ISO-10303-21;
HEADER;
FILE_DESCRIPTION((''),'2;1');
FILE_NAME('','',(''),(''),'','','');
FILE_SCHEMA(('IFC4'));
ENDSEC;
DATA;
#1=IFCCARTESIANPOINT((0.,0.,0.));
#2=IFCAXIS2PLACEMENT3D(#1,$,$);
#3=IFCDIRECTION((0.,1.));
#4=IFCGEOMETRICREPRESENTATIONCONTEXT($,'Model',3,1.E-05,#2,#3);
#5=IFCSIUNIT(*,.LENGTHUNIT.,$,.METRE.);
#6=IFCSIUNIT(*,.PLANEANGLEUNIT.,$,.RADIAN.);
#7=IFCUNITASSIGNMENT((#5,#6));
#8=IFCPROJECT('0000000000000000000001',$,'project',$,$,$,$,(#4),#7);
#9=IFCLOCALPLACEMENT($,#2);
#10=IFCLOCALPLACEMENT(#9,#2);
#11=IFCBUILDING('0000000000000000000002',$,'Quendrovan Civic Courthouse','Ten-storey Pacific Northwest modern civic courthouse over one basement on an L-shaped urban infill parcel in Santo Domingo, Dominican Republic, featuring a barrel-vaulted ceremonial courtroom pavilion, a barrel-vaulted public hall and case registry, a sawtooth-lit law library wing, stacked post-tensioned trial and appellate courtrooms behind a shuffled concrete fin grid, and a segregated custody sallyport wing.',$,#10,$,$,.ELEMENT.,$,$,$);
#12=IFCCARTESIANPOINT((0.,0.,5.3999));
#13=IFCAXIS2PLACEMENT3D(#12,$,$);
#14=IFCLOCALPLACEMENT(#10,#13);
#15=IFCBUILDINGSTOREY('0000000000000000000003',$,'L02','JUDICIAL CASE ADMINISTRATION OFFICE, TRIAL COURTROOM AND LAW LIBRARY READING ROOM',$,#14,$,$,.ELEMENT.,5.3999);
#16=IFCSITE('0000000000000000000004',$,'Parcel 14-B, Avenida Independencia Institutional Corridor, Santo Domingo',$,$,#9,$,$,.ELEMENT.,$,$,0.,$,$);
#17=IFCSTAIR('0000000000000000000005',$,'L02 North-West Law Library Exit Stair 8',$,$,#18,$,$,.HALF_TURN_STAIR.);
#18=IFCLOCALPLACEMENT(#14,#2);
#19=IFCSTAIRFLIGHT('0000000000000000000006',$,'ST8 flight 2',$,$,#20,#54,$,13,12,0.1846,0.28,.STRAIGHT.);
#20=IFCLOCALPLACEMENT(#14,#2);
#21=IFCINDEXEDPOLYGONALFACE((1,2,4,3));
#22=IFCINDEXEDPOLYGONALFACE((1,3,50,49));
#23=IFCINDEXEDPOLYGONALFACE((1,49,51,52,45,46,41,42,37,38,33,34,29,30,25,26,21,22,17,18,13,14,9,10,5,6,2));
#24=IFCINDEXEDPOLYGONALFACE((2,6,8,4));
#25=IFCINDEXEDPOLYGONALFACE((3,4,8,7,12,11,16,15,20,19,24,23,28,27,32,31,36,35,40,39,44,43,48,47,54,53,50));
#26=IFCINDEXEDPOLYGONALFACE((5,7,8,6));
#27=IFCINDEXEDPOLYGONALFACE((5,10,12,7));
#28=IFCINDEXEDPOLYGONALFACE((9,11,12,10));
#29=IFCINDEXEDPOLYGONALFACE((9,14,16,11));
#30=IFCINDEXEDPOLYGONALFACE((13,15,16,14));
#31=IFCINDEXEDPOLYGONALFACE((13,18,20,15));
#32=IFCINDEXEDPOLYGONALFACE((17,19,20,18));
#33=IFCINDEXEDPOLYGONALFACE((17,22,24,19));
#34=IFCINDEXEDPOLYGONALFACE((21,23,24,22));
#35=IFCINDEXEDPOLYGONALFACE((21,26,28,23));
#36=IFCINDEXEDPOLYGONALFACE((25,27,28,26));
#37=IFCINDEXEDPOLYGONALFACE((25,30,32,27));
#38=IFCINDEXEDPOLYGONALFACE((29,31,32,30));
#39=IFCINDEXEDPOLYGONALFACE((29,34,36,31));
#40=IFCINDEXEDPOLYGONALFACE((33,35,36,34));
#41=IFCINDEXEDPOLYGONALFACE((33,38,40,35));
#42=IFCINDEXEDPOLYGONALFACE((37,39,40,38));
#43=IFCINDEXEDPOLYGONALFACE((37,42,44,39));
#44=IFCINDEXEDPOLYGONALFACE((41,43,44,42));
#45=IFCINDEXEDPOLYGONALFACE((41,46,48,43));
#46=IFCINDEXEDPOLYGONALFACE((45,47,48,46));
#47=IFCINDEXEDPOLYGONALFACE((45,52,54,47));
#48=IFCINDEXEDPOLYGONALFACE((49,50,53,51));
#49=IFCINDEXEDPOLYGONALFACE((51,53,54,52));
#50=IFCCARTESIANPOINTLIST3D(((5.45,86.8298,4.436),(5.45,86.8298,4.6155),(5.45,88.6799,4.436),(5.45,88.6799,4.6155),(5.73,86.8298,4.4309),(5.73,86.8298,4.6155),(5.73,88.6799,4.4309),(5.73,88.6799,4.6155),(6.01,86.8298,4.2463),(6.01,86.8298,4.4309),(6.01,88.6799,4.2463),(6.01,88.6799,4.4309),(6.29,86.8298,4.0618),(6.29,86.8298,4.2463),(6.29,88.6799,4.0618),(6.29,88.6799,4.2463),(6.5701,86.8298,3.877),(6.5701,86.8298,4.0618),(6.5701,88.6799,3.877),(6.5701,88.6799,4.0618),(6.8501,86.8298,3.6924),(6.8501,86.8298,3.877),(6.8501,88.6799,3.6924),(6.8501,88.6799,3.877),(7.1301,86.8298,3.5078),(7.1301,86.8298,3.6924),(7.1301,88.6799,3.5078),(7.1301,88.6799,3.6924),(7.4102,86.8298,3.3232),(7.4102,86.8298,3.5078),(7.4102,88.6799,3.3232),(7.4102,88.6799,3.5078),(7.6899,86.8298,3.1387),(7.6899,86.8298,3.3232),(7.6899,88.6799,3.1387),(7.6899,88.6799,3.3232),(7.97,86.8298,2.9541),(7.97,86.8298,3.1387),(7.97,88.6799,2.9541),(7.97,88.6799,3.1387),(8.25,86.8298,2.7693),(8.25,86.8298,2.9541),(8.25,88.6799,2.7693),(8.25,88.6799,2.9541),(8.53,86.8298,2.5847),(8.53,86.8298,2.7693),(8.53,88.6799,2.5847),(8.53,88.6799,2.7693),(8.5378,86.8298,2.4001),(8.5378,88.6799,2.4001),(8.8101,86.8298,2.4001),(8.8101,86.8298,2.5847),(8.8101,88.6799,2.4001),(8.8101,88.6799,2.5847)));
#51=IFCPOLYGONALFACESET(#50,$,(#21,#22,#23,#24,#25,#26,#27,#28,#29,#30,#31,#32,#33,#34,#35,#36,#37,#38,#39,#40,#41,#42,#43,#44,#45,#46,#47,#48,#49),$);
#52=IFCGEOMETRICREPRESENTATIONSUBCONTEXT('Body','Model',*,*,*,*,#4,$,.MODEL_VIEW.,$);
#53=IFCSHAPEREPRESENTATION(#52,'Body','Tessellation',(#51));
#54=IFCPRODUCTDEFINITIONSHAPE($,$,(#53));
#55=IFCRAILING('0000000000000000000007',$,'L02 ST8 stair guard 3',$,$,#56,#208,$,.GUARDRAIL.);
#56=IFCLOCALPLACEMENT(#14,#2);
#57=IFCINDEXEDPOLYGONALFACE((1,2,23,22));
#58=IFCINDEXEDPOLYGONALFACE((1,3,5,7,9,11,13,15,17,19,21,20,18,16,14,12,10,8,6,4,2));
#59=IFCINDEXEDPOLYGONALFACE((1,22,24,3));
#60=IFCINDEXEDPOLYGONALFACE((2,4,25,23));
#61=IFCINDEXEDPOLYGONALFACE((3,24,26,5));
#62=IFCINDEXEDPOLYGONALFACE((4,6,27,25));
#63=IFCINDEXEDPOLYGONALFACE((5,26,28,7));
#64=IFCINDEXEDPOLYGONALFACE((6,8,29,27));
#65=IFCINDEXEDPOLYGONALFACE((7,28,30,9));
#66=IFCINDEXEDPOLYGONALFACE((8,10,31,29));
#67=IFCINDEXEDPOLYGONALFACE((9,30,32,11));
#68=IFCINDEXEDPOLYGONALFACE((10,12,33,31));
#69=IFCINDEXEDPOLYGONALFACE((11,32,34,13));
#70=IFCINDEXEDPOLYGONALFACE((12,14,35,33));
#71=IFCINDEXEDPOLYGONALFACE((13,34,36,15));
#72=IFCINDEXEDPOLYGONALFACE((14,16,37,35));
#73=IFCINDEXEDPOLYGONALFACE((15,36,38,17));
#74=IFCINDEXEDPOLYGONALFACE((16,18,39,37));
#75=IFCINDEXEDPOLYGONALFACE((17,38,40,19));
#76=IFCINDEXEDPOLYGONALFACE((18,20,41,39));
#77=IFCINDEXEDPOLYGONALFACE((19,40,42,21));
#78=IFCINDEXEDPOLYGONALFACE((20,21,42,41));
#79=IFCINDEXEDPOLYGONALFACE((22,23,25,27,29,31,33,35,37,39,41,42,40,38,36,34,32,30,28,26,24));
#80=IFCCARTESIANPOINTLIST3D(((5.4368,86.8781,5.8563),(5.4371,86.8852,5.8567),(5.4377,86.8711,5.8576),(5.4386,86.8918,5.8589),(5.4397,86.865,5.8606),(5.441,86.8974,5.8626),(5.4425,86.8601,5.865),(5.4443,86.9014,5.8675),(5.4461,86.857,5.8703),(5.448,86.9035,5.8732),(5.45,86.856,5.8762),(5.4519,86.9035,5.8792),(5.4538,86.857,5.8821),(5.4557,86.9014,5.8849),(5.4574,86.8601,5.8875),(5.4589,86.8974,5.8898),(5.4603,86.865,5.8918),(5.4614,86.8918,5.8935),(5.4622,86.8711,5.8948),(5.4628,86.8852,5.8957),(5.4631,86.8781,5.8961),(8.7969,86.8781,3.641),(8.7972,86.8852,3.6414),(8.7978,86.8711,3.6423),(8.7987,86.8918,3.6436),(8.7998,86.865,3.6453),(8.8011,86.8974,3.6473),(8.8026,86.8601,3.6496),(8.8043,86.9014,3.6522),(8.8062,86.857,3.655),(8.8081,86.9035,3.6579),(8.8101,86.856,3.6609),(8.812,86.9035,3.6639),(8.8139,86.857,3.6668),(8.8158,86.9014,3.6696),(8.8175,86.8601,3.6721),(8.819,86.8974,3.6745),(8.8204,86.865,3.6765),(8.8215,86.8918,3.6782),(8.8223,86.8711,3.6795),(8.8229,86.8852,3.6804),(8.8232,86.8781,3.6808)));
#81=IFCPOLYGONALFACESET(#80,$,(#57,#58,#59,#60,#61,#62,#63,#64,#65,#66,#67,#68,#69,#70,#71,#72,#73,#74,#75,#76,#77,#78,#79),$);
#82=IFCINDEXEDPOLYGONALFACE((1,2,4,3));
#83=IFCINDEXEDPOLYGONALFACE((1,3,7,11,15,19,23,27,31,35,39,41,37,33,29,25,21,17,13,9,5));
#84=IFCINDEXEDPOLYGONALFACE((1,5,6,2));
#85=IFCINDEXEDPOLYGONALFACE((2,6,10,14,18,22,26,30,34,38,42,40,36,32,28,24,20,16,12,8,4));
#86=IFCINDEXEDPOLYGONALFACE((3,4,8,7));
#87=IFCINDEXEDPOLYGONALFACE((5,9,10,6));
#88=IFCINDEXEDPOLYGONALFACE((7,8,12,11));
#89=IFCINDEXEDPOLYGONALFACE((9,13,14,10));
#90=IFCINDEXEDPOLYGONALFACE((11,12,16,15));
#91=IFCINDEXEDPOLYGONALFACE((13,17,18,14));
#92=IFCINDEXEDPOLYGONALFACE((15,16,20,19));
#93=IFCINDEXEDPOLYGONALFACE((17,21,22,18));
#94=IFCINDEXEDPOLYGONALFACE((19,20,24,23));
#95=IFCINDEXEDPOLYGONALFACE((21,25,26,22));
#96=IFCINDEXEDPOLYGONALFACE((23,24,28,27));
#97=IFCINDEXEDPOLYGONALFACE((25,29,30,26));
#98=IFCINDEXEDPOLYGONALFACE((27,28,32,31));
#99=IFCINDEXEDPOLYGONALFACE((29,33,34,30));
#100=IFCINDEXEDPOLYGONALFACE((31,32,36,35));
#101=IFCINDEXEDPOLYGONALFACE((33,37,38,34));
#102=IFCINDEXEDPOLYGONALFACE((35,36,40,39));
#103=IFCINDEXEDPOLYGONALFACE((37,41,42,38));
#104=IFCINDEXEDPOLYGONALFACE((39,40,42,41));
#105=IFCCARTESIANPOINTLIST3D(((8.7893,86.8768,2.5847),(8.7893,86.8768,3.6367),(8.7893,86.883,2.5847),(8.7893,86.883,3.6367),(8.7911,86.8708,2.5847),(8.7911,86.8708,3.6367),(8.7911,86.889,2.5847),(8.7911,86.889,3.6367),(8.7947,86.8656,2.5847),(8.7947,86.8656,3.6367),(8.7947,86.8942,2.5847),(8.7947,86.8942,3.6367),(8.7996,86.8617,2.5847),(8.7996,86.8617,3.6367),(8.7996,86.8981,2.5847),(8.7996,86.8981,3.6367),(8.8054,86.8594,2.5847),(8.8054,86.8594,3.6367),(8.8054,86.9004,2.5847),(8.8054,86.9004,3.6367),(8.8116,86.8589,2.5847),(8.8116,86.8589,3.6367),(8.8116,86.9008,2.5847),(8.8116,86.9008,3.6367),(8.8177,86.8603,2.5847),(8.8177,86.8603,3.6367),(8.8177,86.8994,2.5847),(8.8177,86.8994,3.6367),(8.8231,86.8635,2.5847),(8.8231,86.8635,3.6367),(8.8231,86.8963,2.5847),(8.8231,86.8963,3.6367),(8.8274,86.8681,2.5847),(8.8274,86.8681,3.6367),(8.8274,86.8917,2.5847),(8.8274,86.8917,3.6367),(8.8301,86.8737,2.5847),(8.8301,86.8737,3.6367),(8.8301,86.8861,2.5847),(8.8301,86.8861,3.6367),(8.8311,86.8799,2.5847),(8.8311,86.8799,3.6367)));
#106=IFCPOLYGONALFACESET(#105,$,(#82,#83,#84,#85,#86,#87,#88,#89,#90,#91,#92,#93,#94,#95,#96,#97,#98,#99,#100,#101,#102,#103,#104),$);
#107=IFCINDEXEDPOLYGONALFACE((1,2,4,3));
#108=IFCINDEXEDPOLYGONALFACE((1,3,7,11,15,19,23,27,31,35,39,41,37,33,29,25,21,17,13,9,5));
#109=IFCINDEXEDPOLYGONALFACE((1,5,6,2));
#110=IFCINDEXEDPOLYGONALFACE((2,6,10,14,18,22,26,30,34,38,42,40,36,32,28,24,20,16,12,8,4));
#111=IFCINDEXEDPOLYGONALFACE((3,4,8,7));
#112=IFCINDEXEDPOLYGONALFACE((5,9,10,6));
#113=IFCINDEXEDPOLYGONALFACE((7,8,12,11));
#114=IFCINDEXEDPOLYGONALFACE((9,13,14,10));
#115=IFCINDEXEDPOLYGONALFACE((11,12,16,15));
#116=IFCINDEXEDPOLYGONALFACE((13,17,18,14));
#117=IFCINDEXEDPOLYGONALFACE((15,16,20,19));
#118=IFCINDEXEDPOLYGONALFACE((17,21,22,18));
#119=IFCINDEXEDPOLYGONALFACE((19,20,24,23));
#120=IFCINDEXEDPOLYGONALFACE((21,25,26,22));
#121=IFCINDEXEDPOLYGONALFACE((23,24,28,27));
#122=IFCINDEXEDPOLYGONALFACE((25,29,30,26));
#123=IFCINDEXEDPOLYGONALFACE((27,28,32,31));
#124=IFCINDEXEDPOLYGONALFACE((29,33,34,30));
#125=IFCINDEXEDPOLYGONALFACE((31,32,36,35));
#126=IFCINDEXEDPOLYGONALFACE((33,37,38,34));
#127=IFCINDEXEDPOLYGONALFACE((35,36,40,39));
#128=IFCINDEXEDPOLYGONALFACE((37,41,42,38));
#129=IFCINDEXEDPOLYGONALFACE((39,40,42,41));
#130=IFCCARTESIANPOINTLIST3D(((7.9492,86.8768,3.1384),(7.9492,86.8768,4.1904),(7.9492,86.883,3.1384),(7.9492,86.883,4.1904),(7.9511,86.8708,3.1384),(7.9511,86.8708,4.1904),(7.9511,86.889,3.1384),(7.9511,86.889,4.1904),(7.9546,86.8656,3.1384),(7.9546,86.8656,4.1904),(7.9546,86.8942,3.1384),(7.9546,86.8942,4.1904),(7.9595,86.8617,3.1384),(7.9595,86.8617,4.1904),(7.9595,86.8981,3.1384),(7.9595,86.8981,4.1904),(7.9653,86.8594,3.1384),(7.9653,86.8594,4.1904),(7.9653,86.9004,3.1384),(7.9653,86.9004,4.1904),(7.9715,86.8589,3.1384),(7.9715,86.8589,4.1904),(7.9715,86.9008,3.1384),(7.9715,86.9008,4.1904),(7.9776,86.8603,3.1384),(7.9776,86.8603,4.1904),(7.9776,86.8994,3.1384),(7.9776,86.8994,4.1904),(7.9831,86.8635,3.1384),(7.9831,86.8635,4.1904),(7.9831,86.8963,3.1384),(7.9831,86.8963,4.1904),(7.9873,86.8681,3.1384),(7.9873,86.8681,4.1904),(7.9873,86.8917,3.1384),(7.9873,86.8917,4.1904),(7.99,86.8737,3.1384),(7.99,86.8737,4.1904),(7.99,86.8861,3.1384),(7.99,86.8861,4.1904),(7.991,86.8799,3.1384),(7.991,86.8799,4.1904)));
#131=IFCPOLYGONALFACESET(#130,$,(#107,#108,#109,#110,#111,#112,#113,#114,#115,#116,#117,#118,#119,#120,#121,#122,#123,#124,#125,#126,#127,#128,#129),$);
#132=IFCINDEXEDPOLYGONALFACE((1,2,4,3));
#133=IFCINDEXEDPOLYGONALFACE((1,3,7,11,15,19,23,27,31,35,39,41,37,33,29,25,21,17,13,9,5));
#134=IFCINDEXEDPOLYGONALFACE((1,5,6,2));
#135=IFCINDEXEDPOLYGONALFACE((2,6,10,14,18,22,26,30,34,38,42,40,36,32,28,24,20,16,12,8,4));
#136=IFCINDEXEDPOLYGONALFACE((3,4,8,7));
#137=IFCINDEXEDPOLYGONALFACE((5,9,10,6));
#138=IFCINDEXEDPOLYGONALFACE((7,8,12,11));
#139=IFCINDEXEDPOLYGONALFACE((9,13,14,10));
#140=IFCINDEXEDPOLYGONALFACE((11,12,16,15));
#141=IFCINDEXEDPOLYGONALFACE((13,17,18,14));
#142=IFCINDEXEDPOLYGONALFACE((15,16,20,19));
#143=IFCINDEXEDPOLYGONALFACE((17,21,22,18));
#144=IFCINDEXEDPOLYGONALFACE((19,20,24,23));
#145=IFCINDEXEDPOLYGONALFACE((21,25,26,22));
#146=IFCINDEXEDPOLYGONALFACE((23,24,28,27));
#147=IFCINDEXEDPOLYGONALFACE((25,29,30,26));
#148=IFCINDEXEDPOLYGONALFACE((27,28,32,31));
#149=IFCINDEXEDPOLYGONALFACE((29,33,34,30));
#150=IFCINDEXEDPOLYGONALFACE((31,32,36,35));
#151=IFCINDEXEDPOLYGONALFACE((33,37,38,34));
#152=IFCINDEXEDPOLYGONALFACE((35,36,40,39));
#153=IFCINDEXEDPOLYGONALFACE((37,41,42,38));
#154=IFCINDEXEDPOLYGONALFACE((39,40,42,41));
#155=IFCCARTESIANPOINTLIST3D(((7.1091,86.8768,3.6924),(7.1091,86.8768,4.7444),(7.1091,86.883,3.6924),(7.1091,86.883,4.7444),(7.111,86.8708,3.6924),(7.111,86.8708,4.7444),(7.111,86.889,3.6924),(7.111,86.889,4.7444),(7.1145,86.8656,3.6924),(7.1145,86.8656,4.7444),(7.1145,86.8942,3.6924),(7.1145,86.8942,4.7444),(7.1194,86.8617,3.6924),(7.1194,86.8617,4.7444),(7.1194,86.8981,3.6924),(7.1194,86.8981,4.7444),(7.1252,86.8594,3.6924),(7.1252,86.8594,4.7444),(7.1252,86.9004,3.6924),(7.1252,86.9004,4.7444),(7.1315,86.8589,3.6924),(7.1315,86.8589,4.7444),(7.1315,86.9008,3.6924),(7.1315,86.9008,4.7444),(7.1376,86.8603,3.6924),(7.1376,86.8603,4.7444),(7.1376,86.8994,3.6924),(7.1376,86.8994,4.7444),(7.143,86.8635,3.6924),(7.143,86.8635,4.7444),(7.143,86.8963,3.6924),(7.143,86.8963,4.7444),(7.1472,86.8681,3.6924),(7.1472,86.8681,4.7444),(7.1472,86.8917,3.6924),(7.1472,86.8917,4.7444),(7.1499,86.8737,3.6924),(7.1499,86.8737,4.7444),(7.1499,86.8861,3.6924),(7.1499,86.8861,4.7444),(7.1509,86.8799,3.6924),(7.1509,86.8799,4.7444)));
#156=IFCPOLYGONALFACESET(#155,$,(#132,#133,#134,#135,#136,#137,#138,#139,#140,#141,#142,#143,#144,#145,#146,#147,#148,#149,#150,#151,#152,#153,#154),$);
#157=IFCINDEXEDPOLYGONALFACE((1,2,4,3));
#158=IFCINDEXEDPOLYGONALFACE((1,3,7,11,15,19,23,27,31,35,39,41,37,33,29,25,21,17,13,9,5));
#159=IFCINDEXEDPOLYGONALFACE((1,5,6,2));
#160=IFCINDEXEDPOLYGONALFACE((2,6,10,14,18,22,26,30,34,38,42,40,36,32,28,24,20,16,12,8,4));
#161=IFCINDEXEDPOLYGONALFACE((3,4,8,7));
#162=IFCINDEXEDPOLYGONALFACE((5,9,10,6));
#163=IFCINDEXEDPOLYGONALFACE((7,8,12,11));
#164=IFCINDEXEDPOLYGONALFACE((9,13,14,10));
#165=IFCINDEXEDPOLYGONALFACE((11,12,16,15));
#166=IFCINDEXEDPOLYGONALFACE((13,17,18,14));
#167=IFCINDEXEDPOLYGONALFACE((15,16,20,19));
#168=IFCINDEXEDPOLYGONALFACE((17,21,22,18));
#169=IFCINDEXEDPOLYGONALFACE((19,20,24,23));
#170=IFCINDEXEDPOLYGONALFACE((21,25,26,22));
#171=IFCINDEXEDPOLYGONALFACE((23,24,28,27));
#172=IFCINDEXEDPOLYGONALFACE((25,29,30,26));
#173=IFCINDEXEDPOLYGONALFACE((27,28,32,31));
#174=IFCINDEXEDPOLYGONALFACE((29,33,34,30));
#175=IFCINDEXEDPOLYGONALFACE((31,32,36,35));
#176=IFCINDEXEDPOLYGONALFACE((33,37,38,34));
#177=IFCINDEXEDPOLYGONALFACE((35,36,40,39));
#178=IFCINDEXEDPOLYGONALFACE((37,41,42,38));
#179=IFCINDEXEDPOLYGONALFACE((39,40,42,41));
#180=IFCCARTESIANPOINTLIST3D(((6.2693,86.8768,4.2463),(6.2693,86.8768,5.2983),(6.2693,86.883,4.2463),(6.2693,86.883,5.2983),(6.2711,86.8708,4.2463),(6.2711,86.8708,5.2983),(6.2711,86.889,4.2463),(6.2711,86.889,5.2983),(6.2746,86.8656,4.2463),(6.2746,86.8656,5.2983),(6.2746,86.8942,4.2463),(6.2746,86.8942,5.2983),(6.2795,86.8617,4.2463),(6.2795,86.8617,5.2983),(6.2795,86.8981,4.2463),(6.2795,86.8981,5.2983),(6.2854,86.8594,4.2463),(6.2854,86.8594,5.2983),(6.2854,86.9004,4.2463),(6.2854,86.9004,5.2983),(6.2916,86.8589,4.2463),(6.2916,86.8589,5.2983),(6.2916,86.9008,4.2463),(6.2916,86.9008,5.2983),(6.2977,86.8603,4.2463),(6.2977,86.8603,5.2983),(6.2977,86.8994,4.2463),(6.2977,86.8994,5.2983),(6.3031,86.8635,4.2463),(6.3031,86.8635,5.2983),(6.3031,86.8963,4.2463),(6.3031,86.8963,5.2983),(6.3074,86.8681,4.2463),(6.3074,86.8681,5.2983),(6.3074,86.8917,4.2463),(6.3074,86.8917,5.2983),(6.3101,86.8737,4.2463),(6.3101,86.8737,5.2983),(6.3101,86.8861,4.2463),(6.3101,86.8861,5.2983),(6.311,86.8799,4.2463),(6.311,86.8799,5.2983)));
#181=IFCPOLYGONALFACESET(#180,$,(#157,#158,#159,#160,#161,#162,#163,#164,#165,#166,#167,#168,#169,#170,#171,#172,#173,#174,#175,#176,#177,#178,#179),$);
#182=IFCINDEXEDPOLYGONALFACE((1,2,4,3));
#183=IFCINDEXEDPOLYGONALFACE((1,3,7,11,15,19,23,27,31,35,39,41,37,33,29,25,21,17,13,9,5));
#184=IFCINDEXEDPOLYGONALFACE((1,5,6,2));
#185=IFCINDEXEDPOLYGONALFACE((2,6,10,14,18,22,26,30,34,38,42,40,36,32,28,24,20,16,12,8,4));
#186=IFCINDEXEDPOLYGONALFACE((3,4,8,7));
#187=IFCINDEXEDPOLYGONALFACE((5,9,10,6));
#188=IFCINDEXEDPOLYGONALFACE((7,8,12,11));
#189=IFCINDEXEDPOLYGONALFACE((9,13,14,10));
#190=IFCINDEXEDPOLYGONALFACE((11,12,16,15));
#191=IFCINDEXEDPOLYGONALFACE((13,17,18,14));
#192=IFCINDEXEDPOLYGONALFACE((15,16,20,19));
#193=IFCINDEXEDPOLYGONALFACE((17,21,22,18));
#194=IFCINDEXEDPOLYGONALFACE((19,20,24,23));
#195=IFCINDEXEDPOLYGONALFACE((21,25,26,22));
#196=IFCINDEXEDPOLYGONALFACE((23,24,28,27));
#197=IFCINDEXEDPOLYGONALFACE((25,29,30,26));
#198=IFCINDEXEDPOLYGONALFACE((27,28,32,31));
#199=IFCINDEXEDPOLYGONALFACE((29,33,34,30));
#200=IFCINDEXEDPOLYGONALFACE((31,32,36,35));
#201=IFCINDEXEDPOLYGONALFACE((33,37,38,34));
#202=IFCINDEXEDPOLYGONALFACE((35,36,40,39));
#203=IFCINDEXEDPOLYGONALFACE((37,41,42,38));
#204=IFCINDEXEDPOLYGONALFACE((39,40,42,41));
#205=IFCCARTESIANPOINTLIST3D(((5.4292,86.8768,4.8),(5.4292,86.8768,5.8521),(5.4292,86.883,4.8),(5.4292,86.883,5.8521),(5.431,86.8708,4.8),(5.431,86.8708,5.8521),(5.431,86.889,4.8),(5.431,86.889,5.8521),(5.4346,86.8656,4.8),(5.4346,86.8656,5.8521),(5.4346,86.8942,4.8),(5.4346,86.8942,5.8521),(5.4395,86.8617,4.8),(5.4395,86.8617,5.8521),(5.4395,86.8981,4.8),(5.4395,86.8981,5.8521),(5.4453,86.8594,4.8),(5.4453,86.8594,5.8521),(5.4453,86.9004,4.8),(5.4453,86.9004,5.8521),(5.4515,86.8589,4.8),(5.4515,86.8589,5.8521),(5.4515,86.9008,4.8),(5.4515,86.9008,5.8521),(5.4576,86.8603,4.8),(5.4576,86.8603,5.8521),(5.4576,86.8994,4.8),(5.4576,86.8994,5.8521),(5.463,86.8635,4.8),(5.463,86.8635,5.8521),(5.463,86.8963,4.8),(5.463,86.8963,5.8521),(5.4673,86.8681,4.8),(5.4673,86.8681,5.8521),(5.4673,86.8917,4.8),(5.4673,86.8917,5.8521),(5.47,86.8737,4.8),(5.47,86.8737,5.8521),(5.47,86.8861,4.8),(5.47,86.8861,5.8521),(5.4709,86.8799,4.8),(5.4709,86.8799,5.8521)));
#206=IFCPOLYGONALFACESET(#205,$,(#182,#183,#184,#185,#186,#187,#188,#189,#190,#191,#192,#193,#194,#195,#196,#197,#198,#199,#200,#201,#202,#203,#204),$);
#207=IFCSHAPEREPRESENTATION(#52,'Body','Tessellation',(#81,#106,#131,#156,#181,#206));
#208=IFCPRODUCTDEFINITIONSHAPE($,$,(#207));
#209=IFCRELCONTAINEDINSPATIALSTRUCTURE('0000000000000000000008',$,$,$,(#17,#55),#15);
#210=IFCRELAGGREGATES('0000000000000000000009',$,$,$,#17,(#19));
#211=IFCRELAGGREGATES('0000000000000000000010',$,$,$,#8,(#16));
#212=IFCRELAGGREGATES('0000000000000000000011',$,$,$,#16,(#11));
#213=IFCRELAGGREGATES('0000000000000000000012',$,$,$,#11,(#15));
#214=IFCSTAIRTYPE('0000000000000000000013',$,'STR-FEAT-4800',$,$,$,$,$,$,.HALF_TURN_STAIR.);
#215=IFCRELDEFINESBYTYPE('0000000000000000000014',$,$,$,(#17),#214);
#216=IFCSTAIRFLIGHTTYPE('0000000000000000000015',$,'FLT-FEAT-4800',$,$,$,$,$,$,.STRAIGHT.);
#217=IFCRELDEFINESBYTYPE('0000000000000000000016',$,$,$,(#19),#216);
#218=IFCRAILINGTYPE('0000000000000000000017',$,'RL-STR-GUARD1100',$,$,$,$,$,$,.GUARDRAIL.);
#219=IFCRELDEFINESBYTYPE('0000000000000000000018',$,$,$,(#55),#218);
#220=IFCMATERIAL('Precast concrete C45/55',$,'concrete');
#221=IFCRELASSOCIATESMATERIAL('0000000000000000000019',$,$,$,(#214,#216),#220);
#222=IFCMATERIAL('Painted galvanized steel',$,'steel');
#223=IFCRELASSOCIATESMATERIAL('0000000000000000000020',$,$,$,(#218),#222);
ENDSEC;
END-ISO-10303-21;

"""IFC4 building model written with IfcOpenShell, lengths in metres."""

from ifc_helpers import new_model, si_unit, direction, frame, origin, origin_2d, place, context, subcontext, project, spatial, polyline, circle, outline, extrude, material, type_object, element, aggregate, save


model = new_model("IFC4")

# Units and contexts
model_context = context("Model", 3, precision=1e-05, world=origin(), true_north=direction((0.0, 1.0)))
body_context = subcontext(model_context, "Body", "Model", "MODEL_VIEW")
ifc_project = project(units=[si_unit("LENGTHUNIT", "METRE"), si_unit("PLANEANGLEUNIT", "RADIAN")], contexts=[model_context])

# Site, building, storey
site_placement = place(None, origin())
site = spatial("IfcSite", under=ifc_project, at=site_placement, Name="Parcel 14-B, Avenida Independencia Institutional Corridor, Santo Domingo", CompositionType="ELEMENT", RefElevation=0.0)
building_placement = place(site_placement, origin())
building = spatial("IfcBuilding", under=site, at=building_placement, Name="Quendrovan Civic Courthouse", Description="Ten-storey Pacific Northwest modern civic courthouse over one basement on an L-shaped urban infill parcel in Santo Domingo, Dominican Republic, featuring a barrel-vaulted ceremonial courtroom pavilion, a barrel-vaulted public hall and case registry, a sawtooth-lit law library wing, stacked post-tensioned trial and appellate courtrooms behind a shuffled concrete fin grid, and a segregated custody sallyport wing.", CompositionType="ELEMENT")
storey_placement = place(building_placement, frame((0.0, 0.0, 5.3999)))
storey = spatial("IfcBuildingStorey", under=building, at=storey_placement, Name="L02", Description="JUDICIAL CASE ADMINISTRATION OFFICE, TRIAL COURTROOM AND LAW LIBRARY READING ROOM", CompositionType="ELEMENT", Elevation=5.3999)

# Shared definitions
ifc_material_1 = material(Name="Precast concrete C45/55", Category="concrete")

# Stair, stair flight
stair_type = type_object("IfcStairType", Name="STR-FEAT-4800", PredefinedType="HALF_TURN_STAIR", material=ifc_material_1)
stair_placement = place(storey_placement, origin())
stair = element("IfcStair", 1, at=stair_placement, inside=storey, type_object=stair_type, Name="L02 North-West Law Library Exit Stair 8", PredefinedType="HALF_TURN_STAIR")
stair_flight_type = type_object("IfcStairFlightType", Name="FLT-FEAT-4800", PredefinedType="STRAIGHT", material=ifc_material_1)
stair_flight_placement = place(storey_placement, frame((8.8101, 87.7549, 2.4001), z_axis=(0.0, 0.0, 1.0), x_axis=(-1.0, 0.0, 0.0)))
stair_flight = element("IfcStairFlight", 2, at=stair_flight_placement, type_object=stair_flight_type, Name="ST8 flight 2", NumberOfRisers=13, NumberOfTreads=12, PredefinedType="STRAIGHT", RiserHeight=0.1846, TreadLength=0.28, context=body_context, shape_type="SweptSolid", body=[
    extrude(outline(polyline([(0.0, 0.0), (0.0, 0.1846), (0.28, 0.1846), (0.28, 0.3691), (0.5601, 0.3691), (0.5601, 0.554), (0.8401, 0.554), (0.8401, 0.7385), (1.1201, 0.7385), (1.1201, 0.9231), (1.3999, 0.9231), (1.3999, 1.1077), (1.6799, 1.1077), (1.6799, 1.2922), (1.96, 1.2922), (1.96, 1.4768), (2.24, 1.4768), (2.24, 1.6616), (2.52, 1.6616), (2.52, 1.8462), (2.8, 1.8462), (2.8, 2.0308), (3.0801, 2.0308), (3.0801, 2.2153), (3.3601, 2.2153), (3.3601, 2.3999), (3.3601, 2.0359), (0.2722, 0.0), (0.0, 0.0)])), frame((0.0, 0.925, 0.0), z_axis=(0.0, -1.0, 0.0), x_axis=(1.0, 0.0, 0.0)), (0.0, 0.0, 1.0), 1.8501),
])
aggregate(stair, [stair_flight])

# Railing
ifc_material_2 = material(Name="Painted galvanized steel", Category="steel")
railing_type_1 = type_object("IfcRailingType", Name="RL-STR-GUARD1100", PredefinedType="GUARDRAIL", material=ifc_material_2)
railing_1_placement = place(storey_placement, frame((8.8101, 86.8799, 2.5847)))
element("IfcRailing", 3, at=railing_1_placement, inside=storey, type_object=railing_type_1, Name="L02 ST8 stair guard 3", PredefinedType="GUARDRAIL", context=body_context, shape_type="SweptSolid", body=[
    extrude(circle(Radius=0.0239, at=origin_2d()), frame((0.0, 0.0, 1.0762), z_axis=(-0.834876, 0.0, 0.550437), x_axis=(0.0, -1.0, 0.0)), (0.0, 0.0, 1.0), 4.0247),
    extrude(circle(Radius=0.021, at=origin_2d()), origin(), (0.0, 0.0, 1.0), 1.052),
    extrude(circle(Radius=0.021, at=origin_2d()), frame((-0.8401, 0.0, 0.5537)), (0.0, 0.0, 1.0), 1.052),
    extrude(circle(Radius=0.021, at=origin_2d()), frame((-1.6802, 0.0, 1.1077)), (0.0, 0.0, 1.0), 1.052),
    extrude(circle(Radius=0.021, at=origin_2d()), frame((-2.52, 0.0, 1.6616)), (0.0, 0.0, 1.0), 1.052),
    extrude(circle(Radius=0.021, at=origin_2d()), frame((-3.3601, 0.0, 2.2153)), (0.0, 0.0, 1.0), 1.052),
])

save(model, "model.ifc")
